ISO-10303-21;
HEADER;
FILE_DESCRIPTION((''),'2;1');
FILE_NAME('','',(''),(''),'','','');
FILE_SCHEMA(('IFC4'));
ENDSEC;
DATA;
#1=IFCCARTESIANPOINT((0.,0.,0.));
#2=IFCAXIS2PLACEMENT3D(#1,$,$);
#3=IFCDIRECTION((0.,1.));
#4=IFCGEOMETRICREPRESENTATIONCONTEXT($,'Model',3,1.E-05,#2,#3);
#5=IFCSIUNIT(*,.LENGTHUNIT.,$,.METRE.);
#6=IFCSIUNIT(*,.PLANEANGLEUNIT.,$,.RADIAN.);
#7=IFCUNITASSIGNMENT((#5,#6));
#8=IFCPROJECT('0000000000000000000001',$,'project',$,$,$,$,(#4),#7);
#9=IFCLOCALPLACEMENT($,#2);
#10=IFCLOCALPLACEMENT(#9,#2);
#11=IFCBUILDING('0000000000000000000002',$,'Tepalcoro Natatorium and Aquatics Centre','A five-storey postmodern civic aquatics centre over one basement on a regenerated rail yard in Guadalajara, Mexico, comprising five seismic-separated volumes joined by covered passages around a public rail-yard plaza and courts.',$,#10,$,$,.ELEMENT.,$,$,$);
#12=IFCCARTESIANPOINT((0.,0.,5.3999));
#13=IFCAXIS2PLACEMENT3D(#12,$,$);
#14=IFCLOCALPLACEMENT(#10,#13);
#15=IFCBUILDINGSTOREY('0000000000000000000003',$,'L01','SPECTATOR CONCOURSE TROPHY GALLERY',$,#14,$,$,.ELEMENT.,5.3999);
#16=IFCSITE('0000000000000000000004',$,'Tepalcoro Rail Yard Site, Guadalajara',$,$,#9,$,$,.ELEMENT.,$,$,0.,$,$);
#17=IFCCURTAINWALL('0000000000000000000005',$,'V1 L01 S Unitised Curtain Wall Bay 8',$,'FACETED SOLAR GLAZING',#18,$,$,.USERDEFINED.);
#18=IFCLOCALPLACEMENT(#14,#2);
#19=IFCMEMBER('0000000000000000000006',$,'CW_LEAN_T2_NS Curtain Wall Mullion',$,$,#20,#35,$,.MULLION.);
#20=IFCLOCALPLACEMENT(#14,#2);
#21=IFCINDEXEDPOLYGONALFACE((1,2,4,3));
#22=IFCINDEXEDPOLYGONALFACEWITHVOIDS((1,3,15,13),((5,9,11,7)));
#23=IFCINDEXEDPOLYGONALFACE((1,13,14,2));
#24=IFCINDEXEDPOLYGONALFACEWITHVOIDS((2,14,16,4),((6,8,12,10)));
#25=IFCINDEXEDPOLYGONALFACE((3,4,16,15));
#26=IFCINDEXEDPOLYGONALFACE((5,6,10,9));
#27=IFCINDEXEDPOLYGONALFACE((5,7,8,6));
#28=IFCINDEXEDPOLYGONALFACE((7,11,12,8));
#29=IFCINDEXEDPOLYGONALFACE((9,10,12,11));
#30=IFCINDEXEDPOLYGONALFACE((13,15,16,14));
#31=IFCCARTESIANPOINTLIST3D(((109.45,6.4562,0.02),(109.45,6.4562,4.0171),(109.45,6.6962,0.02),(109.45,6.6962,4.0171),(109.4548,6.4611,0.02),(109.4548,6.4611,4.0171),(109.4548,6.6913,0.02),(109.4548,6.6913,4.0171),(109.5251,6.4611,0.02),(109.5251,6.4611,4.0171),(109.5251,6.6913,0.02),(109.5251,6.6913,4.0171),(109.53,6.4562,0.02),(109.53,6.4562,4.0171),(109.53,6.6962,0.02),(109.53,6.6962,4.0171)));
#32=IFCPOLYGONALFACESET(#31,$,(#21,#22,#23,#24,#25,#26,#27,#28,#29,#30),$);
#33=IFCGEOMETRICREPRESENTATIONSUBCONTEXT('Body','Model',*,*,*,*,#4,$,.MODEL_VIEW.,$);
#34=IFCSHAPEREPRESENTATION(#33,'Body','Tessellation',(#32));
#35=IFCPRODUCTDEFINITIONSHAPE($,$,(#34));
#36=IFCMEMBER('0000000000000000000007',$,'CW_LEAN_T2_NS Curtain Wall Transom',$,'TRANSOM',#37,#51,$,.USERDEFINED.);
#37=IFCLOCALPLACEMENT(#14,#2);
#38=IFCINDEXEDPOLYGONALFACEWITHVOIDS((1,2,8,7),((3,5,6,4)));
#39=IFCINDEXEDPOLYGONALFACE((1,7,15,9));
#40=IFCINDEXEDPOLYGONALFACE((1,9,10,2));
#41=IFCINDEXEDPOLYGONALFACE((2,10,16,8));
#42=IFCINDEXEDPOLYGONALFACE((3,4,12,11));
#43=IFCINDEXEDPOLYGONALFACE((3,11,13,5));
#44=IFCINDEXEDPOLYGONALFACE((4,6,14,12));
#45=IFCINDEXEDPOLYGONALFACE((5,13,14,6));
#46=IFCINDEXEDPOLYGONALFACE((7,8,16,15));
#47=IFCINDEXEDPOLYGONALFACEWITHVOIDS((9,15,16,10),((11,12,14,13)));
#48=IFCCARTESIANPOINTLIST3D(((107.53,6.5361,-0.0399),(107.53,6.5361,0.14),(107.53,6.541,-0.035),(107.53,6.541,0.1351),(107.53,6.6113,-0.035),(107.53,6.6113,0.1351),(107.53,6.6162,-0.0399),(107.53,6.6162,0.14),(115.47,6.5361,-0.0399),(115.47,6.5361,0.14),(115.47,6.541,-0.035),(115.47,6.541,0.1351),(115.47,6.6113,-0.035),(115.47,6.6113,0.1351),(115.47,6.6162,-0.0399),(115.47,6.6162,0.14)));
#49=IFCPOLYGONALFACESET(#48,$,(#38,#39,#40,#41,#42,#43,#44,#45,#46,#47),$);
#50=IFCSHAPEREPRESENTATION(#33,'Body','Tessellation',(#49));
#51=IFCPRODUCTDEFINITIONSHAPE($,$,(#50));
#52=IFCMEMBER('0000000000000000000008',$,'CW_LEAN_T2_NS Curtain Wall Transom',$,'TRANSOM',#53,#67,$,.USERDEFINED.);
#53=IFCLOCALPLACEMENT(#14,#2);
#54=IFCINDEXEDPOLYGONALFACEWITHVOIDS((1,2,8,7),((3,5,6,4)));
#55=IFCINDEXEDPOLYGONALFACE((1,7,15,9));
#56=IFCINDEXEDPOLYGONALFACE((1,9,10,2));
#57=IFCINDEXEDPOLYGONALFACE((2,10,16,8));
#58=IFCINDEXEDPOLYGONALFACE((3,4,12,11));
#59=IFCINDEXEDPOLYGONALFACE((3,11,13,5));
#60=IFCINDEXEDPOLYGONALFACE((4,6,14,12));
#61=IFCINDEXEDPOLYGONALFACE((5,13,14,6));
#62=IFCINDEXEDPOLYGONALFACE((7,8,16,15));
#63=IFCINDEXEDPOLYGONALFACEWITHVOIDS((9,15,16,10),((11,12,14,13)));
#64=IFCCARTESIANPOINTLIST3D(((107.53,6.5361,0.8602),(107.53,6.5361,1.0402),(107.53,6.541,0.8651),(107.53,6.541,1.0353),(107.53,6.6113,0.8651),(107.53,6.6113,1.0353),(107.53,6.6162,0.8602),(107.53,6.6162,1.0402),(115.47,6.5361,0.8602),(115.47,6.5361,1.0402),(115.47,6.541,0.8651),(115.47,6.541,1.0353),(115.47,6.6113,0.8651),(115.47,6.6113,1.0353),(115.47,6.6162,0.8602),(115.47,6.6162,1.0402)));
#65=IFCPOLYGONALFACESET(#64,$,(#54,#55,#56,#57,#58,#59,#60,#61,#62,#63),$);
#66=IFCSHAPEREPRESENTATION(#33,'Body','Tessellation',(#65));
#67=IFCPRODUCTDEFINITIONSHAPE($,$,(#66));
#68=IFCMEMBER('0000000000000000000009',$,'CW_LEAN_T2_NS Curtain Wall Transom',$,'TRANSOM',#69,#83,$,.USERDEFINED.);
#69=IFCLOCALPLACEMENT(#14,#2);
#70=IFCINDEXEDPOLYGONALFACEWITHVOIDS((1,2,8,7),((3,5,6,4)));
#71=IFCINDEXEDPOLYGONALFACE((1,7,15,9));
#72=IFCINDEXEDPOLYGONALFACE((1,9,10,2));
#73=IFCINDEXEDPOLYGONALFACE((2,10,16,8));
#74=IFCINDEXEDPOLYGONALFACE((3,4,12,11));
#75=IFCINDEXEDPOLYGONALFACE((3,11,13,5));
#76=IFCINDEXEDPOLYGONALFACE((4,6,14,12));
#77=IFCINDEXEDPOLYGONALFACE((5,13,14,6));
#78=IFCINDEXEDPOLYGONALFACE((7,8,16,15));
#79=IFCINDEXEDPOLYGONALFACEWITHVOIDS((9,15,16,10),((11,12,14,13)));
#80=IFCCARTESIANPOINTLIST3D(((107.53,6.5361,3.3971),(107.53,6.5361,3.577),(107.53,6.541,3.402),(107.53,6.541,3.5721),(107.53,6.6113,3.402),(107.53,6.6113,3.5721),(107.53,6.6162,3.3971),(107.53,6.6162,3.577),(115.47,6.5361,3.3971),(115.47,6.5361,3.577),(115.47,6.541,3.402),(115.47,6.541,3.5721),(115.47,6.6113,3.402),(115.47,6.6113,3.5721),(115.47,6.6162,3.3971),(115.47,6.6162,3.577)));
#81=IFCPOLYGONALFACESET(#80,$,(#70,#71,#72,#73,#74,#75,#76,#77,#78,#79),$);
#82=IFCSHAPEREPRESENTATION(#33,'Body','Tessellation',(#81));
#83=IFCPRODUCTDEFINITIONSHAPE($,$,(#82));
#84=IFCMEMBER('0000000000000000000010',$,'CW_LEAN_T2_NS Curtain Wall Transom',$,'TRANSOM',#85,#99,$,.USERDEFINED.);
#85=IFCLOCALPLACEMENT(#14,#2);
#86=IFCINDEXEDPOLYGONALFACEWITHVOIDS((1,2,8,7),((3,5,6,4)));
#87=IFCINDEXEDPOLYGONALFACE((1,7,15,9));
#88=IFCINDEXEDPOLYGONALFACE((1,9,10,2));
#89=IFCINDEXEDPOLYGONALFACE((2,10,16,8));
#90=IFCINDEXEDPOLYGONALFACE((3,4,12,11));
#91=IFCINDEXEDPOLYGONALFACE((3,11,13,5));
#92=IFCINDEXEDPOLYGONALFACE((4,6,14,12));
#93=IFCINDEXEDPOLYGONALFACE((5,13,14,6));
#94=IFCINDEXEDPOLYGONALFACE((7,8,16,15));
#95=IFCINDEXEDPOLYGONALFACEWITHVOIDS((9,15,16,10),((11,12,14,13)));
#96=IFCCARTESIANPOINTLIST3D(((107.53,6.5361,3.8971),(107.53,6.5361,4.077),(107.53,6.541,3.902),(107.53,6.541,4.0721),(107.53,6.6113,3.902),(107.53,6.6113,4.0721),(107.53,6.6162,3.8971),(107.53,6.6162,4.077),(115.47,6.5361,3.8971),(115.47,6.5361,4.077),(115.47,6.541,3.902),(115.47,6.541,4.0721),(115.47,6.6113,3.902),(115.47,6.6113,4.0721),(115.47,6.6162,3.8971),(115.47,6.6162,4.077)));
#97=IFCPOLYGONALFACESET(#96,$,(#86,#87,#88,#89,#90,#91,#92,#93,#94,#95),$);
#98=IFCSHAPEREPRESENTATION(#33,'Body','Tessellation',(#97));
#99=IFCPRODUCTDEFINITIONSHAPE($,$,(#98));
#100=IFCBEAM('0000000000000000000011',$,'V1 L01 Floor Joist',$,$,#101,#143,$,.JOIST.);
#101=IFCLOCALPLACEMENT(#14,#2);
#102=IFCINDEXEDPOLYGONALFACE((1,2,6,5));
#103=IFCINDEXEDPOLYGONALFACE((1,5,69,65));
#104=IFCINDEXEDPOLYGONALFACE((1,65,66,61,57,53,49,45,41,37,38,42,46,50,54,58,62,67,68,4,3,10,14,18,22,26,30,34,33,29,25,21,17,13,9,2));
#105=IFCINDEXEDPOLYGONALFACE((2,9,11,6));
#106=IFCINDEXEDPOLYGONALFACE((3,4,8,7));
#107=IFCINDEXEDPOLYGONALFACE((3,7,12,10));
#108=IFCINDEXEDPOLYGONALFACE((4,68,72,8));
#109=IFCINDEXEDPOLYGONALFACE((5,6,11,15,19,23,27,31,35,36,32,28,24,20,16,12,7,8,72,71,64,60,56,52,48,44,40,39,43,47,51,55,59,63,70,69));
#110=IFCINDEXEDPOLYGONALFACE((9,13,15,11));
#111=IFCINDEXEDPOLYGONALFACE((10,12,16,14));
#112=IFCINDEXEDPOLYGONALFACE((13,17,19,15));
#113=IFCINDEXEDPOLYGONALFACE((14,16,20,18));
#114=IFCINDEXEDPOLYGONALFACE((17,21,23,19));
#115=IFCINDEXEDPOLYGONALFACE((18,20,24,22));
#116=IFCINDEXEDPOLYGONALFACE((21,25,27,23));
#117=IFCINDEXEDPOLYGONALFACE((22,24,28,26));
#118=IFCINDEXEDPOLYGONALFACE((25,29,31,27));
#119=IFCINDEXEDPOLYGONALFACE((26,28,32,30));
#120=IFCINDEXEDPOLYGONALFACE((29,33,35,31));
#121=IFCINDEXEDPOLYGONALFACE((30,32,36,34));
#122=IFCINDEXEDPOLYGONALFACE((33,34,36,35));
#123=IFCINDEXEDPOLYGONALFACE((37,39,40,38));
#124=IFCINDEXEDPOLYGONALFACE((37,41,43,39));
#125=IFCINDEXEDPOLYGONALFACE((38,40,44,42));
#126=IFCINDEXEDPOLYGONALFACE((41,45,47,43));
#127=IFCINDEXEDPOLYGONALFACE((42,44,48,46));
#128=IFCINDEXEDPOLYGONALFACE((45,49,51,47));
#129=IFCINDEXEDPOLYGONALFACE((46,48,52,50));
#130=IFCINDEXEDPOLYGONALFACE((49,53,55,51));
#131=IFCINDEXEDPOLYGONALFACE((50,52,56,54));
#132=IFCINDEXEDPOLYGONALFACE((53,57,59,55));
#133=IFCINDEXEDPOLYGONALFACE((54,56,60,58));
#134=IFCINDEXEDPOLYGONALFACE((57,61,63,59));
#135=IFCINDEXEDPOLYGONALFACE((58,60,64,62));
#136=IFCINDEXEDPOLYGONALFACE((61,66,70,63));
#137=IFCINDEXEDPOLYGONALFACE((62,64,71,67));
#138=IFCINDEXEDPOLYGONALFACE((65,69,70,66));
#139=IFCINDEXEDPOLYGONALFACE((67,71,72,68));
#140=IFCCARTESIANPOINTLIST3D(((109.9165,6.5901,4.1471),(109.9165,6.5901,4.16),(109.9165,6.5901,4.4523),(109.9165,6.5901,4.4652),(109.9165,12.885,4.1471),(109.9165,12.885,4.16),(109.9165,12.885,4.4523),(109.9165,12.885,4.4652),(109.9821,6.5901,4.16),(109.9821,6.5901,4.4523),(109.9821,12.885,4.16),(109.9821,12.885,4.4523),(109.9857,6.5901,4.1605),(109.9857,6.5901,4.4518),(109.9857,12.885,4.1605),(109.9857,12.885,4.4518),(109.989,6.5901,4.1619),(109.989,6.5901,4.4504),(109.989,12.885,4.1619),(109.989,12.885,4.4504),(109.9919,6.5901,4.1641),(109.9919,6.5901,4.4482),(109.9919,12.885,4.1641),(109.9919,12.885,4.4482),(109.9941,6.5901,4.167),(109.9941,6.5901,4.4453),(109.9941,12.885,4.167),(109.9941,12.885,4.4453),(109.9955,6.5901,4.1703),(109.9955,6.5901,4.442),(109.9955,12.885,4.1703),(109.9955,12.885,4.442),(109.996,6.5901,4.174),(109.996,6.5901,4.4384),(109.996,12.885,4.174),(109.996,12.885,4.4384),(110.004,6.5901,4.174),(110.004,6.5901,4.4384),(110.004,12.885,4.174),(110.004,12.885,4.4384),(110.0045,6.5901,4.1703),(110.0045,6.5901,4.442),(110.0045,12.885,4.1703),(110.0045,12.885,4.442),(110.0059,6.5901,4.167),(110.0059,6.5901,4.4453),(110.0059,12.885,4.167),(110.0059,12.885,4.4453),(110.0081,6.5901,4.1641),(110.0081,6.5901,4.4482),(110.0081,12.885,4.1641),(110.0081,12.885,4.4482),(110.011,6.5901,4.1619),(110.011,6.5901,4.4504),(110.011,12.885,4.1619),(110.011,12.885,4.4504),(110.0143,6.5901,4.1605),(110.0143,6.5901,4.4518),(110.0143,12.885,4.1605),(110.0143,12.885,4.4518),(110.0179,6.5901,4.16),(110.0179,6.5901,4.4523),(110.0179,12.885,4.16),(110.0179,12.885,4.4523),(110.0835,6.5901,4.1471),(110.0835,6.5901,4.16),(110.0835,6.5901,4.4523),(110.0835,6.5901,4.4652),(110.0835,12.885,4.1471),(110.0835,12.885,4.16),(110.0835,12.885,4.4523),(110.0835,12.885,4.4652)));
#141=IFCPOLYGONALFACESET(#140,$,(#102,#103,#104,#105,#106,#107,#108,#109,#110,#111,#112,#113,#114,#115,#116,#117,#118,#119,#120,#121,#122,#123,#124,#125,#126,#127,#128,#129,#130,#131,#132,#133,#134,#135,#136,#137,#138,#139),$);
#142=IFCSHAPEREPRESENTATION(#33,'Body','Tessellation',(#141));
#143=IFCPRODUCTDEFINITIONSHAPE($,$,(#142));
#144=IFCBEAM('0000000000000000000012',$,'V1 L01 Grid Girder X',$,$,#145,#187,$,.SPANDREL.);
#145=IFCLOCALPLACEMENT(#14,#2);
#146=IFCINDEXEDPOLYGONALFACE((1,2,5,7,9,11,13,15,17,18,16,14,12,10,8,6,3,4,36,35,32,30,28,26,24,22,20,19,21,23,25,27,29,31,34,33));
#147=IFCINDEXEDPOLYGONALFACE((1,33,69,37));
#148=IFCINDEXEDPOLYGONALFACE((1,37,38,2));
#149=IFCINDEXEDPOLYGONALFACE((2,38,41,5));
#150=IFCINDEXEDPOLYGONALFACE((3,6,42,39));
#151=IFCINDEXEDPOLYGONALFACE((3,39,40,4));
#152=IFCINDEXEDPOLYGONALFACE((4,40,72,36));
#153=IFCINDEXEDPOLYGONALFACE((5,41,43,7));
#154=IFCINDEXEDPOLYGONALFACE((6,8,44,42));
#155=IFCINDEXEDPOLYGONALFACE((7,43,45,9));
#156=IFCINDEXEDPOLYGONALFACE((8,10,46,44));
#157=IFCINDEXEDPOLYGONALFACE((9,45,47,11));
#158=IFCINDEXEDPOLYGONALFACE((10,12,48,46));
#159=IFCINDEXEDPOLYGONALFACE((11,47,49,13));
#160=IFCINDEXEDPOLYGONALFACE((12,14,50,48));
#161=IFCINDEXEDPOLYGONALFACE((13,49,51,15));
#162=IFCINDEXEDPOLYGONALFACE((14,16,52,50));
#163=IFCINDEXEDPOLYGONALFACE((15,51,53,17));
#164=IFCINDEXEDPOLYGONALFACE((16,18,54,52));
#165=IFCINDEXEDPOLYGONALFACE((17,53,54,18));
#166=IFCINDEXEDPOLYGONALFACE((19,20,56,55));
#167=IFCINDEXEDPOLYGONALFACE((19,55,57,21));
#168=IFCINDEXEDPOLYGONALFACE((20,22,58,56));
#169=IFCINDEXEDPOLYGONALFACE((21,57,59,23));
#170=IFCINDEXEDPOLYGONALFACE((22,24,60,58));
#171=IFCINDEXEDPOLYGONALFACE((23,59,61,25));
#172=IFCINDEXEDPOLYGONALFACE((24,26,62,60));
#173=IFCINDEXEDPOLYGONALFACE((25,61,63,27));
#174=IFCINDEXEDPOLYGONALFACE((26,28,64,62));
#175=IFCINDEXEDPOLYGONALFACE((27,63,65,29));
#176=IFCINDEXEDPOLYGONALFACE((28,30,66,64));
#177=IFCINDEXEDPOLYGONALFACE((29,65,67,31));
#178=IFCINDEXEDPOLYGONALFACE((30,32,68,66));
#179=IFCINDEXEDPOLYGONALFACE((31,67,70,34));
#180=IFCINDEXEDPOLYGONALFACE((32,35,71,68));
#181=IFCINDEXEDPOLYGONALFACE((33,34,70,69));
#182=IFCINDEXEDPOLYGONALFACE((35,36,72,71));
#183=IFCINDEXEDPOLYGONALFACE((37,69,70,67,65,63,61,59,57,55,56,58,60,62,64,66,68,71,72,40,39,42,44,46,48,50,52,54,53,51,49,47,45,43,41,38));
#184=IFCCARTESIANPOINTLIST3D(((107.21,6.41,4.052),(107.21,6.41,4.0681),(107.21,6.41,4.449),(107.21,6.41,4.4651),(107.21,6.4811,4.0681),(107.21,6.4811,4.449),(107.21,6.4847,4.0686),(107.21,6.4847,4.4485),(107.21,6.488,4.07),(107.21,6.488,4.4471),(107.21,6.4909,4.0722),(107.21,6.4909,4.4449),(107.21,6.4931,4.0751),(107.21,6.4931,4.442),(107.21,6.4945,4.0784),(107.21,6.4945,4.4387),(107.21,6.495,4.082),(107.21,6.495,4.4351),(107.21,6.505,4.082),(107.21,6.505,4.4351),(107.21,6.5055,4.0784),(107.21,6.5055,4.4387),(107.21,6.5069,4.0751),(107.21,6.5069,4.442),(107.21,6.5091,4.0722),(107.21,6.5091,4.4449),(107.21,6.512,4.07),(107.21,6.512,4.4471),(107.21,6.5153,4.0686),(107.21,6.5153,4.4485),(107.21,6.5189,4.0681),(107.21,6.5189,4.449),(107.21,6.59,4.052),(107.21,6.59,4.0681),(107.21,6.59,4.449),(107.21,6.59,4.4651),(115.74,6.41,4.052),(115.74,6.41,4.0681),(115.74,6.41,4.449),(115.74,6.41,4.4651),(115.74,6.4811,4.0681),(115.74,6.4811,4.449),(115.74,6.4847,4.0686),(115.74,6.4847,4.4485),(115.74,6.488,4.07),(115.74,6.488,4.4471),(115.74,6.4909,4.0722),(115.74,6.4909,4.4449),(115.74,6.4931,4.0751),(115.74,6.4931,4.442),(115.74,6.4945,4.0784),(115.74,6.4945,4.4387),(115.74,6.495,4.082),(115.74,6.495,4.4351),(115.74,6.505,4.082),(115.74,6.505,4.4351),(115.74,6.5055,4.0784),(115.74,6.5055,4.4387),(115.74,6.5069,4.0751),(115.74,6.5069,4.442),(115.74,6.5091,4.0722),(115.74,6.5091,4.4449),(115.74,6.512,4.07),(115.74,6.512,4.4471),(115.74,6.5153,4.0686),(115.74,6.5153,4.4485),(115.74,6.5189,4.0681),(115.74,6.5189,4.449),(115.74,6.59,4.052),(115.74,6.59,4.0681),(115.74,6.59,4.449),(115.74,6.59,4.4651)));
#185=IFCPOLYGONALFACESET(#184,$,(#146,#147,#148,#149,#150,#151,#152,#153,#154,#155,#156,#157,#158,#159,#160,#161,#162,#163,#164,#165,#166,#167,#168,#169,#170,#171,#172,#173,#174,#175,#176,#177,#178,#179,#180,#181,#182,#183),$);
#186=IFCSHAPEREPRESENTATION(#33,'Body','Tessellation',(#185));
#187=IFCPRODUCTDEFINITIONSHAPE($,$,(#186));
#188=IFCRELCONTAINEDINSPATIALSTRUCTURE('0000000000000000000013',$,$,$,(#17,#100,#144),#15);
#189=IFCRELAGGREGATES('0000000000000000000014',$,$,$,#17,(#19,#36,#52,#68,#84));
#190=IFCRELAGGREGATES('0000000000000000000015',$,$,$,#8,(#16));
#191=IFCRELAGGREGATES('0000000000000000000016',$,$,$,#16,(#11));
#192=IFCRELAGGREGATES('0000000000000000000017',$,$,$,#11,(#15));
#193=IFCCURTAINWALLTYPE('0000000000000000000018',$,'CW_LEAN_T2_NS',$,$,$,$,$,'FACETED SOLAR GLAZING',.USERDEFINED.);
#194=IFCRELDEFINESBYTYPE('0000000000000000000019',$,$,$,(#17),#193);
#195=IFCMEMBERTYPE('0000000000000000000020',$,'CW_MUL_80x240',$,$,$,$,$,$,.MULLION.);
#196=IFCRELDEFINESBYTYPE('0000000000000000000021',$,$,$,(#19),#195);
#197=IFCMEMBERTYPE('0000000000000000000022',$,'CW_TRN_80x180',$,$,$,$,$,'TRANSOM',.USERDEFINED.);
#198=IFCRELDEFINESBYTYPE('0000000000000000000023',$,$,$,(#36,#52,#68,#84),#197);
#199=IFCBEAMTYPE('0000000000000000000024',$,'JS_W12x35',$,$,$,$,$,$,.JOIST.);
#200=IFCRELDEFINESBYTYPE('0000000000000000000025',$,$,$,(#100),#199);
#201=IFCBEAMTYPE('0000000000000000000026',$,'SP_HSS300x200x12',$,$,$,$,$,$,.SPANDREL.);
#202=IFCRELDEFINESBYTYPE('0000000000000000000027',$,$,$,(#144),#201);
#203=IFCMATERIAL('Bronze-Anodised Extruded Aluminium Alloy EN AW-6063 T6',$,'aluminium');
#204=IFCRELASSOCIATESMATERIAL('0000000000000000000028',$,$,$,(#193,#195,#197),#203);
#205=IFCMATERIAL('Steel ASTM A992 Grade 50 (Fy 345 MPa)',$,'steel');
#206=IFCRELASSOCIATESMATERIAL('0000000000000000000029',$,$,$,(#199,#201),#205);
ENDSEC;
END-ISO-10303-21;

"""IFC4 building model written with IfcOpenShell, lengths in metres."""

from ifc_helpers import new_model, si_unit, direction, frame, origin, origin_2d, place, context, subcontext, project, spatial, hollow_rectangle, i_section, extrude, material, material_profile, profile_set, type_object, element, aggregate, save


model = new_model("IFC4")

# Units and contexts
model_context = context("Model", 3, precision=1e-05, world=origin(), true_north=direction((0.0, 1.0)))
body_context = subcontext(model_context, "Body", "Model", "MODEL_VIEW")
ifc_project = project(units=[si_unit("LENGTHUNIT", "METRE"), si_unit("PLANEANGLEUNIT", "RADIAN")], contexts=[model_context])

# Site, building, storey
site_placement = place(None, origin())
site = spatial("IfcSite", under=ifc_project, at=site_placement, Name="Tepalcoro Rail Yard Site, Guadalajara", CompositionType="ELEMENT", RefElevation=0.0)
building_placement = place(site_placement, origin())
building = spatial("IfcBuilding", under=site, at=building_placement, Name="Tepalcoro Natatorium and Aquatics Centre", Description="A five-storey postmodern civic aquatics centre over one basement on a regenerated rail yard in Guadalajara, Mexico, comprising five seismic-separated volumes joined by covered passages around a public rail-yard plaza and courts.", CompositionType="ELEMENT")
storey_placement = place(building_placement, frame((0.0, 0.0, 5.3999)))
storey = spatial("IfcBuildingStorey", under=building, at=storey_placement, Name="L01", Description="SPECTATOR CONCOURSE TROPHY GALLERY", CompositionType="ELEMENT", Elevation=5.3999)

# Shared definitions
ifc_material_1 = material(Name="Steel ASTM A992 Grade 50 (Fy 345 MPa)", Category="steel")

# Curtain wall, members
ifc_material_2 = material(Name="Bronze-Anodised Extruded Aluminium Alloy EN AW-6063 T6", Category="aluminium")
curtain_wall_type_1 = type_object("IfcCurtainWallType", Name="CW_LEAN_T2_NS", ElementType="FACETED SOLAR GLAZING", PredefinedType="USERDEFINED", material=ifc_material_2)
curtain_wall_1_placement = place(storey_placement, origin())
curtain_wall_1 = element("IfcCurtainWall", 1, at=curtain_wall_1_placement, inside=storey, type_object=curtain_wall_type_1, Name="V1 L01 S Unitised Curtain Wall Bay 8", ObjectType="FACETED SOLAR GLAZING", PredefinedType="USERDEFINED")
ifc_material_profile_1 = material_profile(ifc_material_2, hollow_rectangle(XDim=0.0801, YDim=0.24, WallThickness=0.0049, at=origin_2d()), Name="AL80X240X5")
ifc_profile_set_1 = profile_set([ifc_material_profile_1], Name="Bronze-Anodised Extruded Aluminium Alloy EN AW-6063 T6")
member_type_1 = type_object("IfcMemberType", Name="CW_MUL_80x240", PredefinedType="MULLION", material=ifc_profile_set_1)
member_1_placement = place(storey_placement, frame((109.49, 6.5762, 0.02), z_axis=(0.0, 0.0, 1.0), x_axis=(1.0, 0.0, 0.0)))
member_1 = element("IfcMember", 2, at=member_1_placement, type_object=member_type_1, Name="CW_LEAN_T2_NS Curtain Wall Mullion", PredefinedType="MULLION", context=body_context, shape_type="SweptSolid", body=[
    extrude(hollow_rectangle(XDim=0.0801, YDim=0.24, WallThickness=0.0049, at=origin_2d()), origin(), (0.0, 0.0, 1.0), 3.9971),
])
ifc_material_profile_2 = material_profile(ifc_material_2, hollow_rectangle(XDim=0.0801, YDim=0.1799, WallThickness=0.0049, at=origin_2d()), Name="AL80X180X5")
ifc_profile_set_2 = profile_set([ifc_material_profile_2], Name="Bronze-Anodised Extruded Aluminium Alloy EN AW-6063 T6")
member_type_2 = type_object("IfcMemberType", Name="CW_TRN_80x180", ElementType="TRANSOM", PredefinedType="USERDEFINED", material=ifc_profile_set_2)
member_2_placement = place(storey_placement, frame((107.53, 6.5762, 0.05), z_axis=(1.0, 0.0, 0.0), x_axis=(0.0, 1.0, 0.0)))
member_2 = element("IfcMember", 3, at=member_2_placement, type_object=member_type_2, Name="CW_LEAN_T2_NS Curtain Wall Transom", ObjectType="TRANSOM", PredefinedType="USERDEFINED", context=body_context, shape_type="SweptSolid", body=[
    extrude(hollow_rectangle(XDim=0.0801, YDim=0.1799, WallThickness=0.0049, at=origin_2d()), origin(), (0.0, 0.0, 1.0), 7.9399),
])
member_3_placement = place(storey_placement, frame((107.53, 6.5762, 0.9502), z_axis=(1.0, 0.0, 0.0), x_axis=(0.0, 1.0, 0.0)))
member_3 = element("IfcMember", 4, at=member_3_placement, type_object=member_type_2, Name="CW_LEAN_T2_NS Curtain Wall Transom", ObjectType="TRANSOM", PredefinedType="USERDEFINED", context=body_context, shape_type="SweptSolid", body=[
    extrude(hollow_rectangle(XDim=0.0801, YDim=0.1799, WallThickness=0.0049, at=origin_2d()), origin(), (0.0, 0.0, 1.0), 7.9399),
])
member_4_placement = place(storey_placement, frame((107.53, 6.5762, 3.4871), z_axis=(1.0, 0.0, 0.0), x_axis=(0.0, 1.0, 0.0)))
member_4 = element("IfcMember", 5, at=member_4_placement, type_object=member_type_2, Name="CW_LEAN_T2_NS Curtain Wall Transom", ObjectType="TRANSOM", PredefinedType="USERDEFINED", context=body_context, shape_type="SweptSolid", body=[
    extrude(hollow_rectangle(XDim=0.0801, YDim=0.1799, WallThickness=0.0049, at=origin_2d()), origin(), (0.0, 0.0, 1.0), 7.9399),
])
member_5_placement = place(storey_placement, frame((107.53, 6.5762, 3.9871), z_axis=(1.0, 0.0, 0.0), x_axis=(0.0, 1.0, 0.0)))
member_5 = element("IfcMember", 6, at=member_5_placement, type_object=member_type_2, Name="CW_LEAN_T2_NS Curtain Wall Transom", ObjectType="TRANSOM", PredefinedType="USERDEFINED", context=body_context, shape_type="SweptSolid", body=[
    extrude(hollow_rectangle(XDim=0.0801, YDim=0.1799, WallThickness=0.0049, at=origin_2d()), origin(), (0.0, 0.0, 1.0), 7.9399),
])

# Beams
ifc_material_profile_3 = material_profile(ifc_material_1, i_section(OverallWidth=0.167, OverallDepth=0.3181, WebThickness=0.0081, FlangeThickness=0.0129, FilletRadius=0.0139, at=origin_2d()), Name="W12X35")
ifc_profile_set_3 = profile_set([ifc_material_profile_3], Name="Steel ASTM A992 Grade 50 (Fy 345 MPa)")
beam_type_1 = type_object("IfcBeamType", Name="JS_W12x35", PredefinedType="JOIST", material=ifc_profile_set_3)
beam_1_placement = place(storey_placement, frame((110.0, 6.5901, 4.3062), z_axis=(0.0, 1.0, 0.0), x_axis=(-1.0, 0.0, 0.0)))
element("IfcBeam", 7, at=beam_1_placement, inside=storey, type_object=beam_type_1, Name="V1 L01 Floor Joist", PredefinedType="JOIST", context=body_context, shape_type="SweptSolid", body=[
    extrude(i_section(OverallWidth=0.167, OverallDepth=0.3181, WebThickness=0.0081, FlangeThickness=0.0129, FilletRadius=0.0139, at=origin_2d()), origin(), (0.0, 0.0, 1.0), 6.2949),
])
ifc_material_profile_4 = material_profile(ifc_material_1, i_section(OverallWidth=0.1799, OverallDepth=0.4131, WebThickness=0.01, FlangeThickness=0.0161, FilletRadius=0.0139, at=origin_2d()), Name="W16X50")
ifc_profile_set_4 = profile_set([ifc_material_profile_4], Name="Steel ASTM A992 Grade 50 (Fy 345 MPa)")
beam_type_2 = type_object("IfcBeamType", Name="SP_HSS300x200x12", PredefinedType="SPANDREL", material=ifc_profile_set_4)
beam_2_placement = place(storey_placement, frame((107.21, 6.5, 4.2585), z_axis=(1.0, 0.0, 0.0), x_axis=(0.0, 1.0, 0.0)))
element("IfcBeam", 8, at=beam_2_placement, inside=storey, type_object=beam_type_2, Name="V1 L01 Grid Girder X", PredefinedType="SPANDREL", context=body_context, shape_type="SweptSolid", body=[
    extrude(i_section(OverallWidth=0.1799, OverallDepth=0.4131, WebThickness=0.01, FlangeThickness=0.0161, FilletRadius=0.0139, at=origin_2d()), origin(), (0.0, 0.0, 1.0), 8.53),
])

aggregate(curtain_wall_1, [member_1, member_2, member_3, member_4, member_5])

save(model, "model.ifc")
